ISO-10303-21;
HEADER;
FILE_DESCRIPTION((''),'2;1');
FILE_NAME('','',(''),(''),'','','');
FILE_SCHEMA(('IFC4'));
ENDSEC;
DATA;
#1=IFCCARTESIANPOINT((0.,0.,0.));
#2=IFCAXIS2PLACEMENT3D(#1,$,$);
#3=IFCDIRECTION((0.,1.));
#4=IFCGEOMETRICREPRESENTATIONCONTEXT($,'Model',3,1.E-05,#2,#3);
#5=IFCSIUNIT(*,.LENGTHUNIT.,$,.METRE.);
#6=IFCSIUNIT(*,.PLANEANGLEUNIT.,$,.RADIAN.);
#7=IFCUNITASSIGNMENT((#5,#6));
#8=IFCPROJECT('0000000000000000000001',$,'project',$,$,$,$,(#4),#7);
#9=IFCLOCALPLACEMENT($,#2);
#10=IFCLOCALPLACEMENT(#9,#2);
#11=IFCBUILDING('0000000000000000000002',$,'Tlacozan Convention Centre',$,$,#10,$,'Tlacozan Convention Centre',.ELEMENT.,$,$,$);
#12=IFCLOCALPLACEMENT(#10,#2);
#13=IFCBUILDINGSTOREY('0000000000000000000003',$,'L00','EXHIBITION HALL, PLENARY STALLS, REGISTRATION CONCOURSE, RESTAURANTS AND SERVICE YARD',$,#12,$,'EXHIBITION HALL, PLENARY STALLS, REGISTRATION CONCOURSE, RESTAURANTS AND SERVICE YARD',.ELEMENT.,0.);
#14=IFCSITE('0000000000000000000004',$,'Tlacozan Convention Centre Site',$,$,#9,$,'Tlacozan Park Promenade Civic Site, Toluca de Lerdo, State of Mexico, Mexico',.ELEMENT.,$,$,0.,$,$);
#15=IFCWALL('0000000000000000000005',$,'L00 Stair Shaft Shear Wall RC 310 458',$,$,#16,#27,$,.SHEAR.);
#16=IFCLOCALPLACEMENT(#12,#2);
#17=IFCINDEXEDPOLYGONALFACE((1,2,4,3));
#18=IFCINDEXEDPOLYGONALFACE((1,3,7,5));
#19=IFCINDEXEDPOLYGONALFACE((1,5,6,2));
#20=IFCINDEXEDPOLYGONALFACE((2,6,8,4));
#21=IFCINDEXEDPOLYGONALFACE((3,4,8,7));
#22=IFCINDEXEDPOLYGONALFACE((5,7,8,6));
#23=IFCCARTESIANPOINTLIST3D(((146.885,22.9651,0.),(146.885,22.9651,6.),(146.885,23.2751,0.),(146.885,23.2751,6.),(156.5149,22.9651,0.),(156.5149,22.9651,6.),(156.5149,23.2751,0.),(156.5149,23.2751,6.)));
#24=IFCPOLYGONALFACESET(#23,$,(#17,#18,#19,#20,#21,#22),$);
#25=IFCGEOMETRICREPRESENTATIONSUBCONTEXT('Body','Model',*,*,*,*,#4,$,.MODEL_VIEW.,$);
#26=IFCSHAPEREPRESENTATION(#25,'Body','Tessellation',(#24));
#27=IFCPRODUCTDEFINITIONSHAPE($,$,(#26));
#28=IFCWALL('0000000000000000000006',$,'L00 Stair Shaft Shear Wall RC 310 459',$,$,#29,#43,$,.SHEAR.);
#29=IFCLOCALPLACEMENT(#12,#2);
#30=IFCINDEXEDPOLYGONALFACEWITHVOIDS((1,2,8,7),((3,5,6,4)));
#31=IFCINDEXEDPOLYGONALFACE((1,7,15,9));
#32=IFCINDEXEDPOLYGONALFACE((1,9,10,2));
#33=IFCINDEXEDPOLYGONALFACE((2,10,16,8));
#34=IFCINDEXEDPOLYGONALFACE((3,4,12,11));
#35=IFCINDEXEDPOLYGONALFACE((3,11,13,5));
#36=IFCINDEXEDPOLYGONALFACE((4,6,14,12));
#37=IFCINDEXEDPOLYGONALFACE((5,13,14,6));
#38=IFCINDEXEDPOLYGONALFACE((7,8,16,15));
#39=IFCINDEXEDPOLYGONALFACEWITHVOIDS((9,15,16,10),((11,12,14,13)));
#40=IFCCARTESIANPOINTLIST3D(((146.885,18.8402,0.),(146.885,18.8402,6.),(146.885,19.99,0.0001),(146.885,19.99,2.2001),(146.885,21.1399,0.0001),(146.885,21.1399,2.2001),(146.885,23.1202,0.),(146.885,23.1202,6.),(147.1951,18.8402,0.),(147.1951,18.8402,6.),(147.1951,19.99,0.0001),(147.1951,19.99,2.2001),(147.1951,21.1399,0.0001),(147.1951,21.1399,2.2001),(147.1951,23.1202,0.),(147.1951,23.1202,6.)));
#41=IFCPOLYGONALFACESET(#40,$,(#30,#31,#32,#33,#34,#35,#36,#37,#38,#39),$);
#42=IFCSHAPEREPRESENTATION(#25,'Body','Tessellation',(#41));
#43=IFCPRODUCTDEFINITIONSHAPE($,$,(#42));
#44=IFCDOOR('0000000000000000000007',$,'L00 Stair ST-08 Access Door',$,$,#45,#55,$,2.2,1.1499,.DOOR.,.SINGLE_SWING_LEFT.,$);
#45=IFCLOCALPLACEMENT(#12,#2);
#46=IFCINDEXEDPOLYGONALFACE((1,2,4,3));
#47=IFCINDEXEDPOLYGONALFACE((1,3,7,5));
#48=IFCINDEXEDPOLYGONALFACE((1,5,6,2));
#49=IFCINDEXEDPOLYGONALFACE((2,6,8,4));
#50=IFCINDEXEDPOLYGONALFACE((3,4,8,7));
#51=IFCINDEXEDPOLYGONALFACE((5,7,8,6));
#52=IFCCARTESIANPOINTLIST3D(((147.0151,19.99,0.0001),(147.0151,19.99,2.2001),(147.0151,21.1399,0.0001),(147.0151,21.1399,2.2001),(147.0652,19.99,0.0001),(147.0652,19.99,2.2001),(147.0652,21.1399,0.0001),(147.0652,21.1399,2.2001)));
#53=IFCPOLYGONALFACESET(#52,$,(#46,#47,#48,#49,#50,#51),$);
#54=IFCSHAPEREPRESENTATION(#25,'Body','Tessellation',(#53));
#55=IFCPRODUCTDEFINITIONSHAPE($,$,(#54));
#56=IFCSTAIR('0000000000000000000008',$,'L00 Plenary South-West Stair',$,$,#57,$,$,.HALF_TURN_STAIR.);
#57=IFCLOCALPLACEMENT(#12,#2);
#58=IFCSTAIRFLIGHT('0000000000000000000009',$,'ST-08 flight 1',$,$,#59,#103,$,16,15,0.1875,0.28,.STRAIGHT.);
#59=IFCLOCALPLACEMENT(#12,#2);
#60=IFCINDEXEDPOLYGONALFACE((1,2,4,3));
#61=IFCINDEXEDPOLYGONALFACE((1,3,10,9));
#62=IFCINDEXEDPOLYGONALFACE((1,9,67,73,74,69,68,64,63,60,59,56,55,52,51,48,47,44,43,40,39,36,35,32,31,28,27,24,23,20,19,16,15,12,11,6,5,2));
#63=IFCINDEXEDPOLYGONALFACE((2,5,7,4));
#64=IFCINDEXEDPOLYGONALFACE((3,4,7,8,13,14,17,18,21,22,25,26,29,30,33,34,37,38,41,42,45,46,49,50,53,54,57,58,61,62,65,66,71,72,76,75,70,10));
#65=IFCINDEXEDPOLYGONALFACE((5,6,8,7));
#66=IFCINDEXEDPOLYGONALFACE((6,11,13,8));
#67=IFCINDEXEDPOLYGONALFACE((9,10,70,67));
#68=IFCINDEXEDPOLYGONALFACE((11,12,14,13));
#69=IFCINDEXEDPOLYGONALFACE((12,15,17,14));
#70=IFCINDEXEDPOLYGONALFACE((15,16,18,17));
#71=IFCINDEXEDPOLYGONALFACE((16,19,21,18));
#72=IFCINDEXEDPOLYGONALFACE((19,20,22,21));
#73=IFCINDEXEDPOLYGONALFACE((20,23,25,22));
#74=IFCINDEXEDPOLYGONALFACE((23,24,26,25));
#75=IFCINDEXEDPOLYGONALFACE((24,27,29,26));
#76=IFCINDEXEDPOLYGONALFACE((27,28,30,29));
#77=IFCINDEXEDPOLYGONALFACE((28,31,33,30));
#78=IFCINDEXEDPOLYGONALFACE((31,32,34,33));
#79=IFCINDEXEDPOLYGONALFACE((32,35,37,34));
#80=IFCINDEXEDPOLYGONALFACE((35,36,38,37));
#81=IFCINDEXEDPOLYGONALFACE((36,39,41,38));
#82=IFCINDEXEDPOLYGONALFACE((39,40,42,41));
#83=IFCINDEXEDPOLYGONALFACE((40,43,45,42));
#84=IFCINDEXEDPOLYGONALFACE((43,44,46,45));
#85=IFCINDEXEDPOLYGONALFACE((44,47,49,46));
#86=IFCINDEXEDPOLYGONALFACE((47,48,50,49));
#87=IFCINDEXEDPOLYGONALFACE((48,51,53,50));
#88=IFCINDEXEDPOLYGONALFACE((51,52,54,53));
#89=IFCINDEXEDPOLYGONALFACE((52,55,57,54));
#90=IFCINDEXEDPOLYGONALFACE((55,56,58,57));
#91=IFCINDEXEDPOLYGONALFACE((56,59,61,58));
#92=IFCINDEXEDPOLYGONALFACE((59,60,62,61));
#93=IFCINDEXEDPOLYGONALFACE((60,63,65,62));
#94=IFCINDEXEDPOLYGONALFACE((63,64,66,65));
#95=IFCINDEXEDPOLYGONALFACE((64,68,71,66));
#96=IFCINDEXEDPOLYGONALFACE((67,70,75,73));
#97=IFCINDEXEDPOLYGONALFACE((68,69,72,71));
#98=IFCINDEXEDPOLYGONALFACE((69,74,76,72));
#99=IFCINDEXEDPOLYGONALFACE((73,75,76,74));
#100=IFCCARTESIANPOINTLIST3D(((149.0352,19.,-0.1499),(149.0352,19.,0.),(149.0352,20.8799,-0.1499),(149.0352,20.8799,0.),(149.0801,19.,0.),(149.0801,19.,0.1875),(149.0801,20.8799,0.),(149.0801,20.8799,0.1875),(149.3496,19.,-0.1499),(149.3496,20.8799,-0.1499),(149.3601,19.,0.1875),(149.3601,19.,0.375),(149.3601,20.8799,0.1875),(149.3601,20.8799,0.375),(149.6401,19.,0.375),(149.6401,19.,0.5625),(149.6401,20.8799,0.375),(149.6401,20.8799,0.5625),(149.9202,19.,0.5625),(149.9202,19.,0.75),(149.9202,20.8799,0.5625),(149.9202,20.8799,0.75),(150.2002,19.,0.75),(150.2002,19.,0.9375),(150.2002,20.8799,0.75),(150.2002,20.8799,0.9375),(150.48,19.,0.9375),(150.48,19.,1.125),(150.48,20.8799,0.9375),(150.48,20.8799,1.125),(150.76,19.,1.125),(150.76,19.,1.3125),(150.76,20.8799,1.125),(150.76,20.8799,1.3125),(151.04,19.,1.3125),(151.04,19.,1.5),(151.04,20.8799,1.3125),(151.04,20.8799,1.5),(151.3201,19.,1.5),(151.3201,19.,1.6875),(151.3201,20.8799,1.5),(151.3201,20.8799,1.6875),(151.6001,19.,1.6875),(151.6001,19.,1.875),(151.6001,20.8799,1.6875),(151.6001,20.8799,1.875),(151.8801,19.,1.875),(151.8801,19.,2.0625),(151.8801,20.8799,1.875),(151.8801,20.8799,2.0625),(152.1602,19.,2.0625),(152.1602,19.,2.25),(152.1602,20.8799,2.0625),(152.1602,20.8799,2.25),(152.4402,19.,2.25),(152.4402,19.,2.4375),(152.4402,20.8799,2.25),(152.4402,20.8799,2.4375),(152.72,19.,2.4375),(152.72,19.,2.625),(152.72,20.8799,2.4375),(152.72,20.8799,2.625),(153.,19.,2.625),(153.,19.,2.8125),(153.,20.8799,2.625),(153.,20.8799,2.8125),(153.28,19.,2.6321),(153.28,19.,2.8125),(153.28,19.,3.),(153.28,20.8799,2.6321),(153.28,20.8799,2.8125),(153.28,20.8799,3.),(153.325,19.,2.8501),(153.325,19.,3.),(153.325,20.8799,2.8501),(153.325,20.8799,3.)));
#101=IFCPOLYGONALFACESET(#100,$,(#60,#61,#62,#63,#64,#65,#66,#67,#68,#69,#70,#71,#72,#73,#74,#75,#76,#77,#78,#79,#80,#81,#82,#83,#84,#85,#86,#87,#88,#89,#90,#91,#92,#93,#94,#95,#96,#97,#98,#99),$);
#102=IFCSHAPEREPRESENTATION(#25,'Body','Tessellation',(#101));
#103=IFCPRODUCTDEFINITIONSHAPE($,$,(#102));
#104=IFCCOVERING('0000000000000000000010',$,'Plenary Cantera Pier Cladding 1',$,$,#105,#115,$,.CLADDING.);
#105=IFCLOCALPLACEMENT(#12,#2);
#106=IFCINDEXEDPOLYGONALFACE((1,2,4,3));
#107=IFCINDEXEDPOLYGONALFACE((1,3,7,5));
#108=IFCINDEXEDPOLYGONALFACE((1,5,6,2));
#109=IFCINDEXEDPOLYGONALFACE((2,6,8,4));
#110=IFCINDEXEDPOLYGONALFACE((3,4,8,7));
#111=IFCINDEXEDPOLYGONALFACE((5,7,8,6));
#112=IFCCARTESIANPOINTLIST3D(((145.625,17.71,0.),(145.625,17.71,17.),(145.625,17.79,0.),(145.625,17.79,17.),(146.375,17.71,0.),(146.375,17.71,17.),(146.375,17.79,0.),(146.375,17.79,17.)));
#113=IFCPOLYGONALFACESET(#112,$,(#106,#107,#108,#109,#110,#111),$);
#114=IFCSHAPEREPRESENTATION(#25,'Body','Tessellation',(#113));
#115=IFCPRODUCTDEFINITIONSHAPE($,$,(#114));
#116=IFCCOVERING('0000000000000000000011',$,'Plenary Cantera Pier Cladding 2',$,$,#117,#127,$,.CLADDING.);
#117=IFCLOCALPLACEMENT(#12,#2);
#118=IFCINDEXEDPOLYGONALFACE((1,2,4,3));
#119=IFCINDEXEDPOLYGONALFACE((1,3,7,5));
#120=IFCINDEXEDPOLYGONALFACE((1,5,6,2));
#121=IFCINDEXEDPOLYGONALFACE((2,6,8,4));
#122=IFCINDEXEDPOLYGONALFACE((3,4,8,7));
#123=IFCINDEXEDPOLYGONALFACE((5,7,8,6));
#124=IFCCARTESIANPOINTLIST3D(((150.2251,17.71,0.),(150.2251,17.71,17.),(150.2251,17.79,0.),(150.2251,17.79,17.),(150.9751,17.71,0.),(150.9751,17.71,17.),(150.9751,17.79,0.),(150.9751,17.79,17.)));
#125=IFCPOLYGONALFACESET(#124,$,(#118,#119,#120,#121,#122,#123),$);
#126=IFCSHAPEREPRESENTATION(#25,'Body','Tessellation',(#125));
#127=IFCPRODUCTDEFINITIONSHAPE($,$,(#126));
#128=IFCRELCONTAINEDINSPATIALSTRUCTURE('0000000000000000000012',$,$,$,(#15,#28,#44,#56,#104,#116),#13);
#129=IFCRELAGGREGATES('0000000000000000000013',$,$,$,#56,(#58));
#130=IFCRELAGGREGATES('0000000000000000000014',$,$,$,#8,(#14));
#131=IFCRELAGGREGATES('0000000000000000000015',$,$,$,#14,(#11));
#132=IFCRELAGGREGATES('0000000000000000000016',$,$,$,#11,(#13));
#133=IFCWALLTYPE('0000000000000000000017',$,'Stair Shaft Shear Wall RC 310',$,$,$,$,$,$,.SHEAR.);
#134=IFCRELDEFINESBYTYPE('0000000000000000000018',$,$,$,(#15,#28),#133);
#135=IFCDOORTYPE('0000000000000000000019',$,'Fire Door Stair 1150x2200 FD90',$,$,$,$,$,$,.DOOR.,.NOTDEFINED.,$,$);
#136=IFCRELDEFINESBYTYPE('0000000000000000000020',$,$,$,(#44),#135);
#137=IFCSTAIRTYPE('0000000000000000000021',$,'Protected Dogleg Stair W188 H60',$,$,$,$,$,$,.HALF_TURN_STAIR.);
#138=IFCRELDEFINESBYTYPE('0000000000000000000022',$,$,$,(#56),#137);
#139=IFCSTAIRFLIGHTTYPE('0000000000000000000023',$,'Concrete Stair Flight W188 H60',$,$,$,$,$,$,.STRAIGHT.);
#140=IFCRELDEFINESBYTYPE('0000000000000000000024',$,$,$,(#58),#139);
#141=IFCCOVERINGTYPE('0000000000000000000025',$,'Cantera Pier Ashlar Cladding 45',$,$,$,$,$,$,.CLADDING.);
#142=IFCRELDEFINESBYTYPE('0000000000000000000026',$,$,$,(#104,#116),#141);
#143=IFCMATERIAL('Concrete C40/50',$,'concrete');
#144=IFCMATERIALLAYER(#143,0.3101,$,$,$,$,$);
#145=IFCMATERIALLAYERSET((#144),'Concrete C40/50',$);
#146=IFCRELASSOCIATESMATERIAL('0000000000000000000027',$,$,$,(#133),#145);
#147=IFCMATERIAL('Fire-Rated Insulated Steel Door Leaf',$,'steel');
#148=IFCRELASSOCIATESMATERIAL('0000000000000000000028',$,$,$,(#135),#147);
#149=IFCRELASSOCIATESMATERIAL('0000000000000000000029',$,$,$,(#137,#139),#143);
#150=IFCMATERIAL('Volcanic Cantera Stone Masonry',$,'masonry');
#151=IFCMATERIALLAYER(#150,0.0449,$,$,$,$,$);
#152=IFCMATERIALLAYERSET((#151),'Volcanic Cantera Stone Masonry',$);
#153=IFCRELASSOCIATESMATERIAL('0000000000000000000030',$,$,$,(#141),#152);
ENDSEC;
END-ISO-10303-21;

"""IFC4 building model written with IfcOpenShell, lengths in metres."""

from ifc_helpers import new_model, si_unit, direction, frame, frame_2d, origin, origin_2d, place, context, subcontext, project, spatial, polyline, rectangle, outline, extrude, material, layer, layer_set, type_object, element, fill, aggregate, save


model = new_model("IFC4")

# Units and contexts
model_context = context("Model", 3, precision=1e-05, world=origin(), true_north=direction((0.0, 1.0)))
body_context = subcontext(model_context, "Body", "Model", "MODEL_VIEW")
ifc_project = project(units=[si_unit("LENGTHUNIT", "METRE"), si_unit("PLANEANGLEUNIT", "RADIAN")], contexts=[model_context])

# Site, building, storey
site_placement = place(None, origin())
site = spatial("IfcSite", under=ifc_project, at=site_placement, Name="Tlacozan Convention Centre Site", LongName="Tlacozan Park Promenade Civic Site, Toluca de Lerdo, State of Mexico, Mexico", CompositionType="ELEMENT", RefElevation=0.0)
building_placement = place(site_placement, origin())
building = spatial("IfcBuilding", under=site, at=building_placement, Name="Tlacozan Convention Centre", LongName="Tlacozan Convention Centre", CompositionType="ELEMENT")
storey_placement = place(building_placement, origin())
storey = spatial("IfcBuildingStorey", under=building, at=storey_placement, Name="L00", Description="EXHIBITION HALL, PLENARY STALLS, REGISTRATION CONCOURSE, RESTAURANTS AND SERVICE YARD", LongName="EXHIBITION HALL, PLENARY STALLS, REGISTRATION CONCOURSE, RESTAURANTS AND SERVICE YARD", CompositionType="ELEMENT", Elevation=0.0)

# Shared definitions
ifc_material_1 = material(Name="Concrete C40/50", Category="concrete")

# Wall
ifc_layer_1 = layer(ifc_material_1, 0.3101)
ifc_layer_set_1 = layer_set([ifc_layer_1], Name="Concrete C40/50")
wall_type_1 = type_object("IfcWallType", Name="Stair Shaft Shear Wall RC 310", PredefinedType="SHEAR", material=ifc_layer_set_1)
for number, where, z_axis, x_axis, name in (
    (1, (146.885, 23.1201, 0.0), (0.0, 0.0, 1.0), (1.0, 0.0, 0.0), "L00 Stair Shaft Shear Wall RC 310 458"),
):
    element("IfcWall", number, at=place(storey_placement, frame(where, z_axis=z_axis, x_axis=x_axis)), inside=storey, type_object=wall_type_1, Name=name, PredefinedType="SHEAR", context=body_context, shape_type="SweptSolid", body=[
        extrude(rectangle(XDim=9.6299, YDim=0.3101, at=frame_2d((4.8149, 0.0))), origin(), (0.0, 0.0, 1.0), 6.0),
    ])

# Wall, opening, door
wall_1_placement = place(storey_placement, frame((147.04, 18.8401, 0.0), z_axis=(0.0, 0.0, 1.0), x_axis=(0.0, 1.0, 0.0)))
wall_1 = element("IfcWall", 2, at=wall_1_placement, inside=storey, type_object=wall_type_1, Name="L00 Stair Shaft Shear Wall RC 310 459", PredefinedType="SHEAR", context=body_context, shape_type="SweptSolid", body=[
    extrude(rectangle(XDim=4.28, YDim=0.3101, at=frame_2d((2.1401, 0.0))), origin(), (0.0, 0.0, 1.0), 6.0),
])
opening_1_placement = place(wall_1_placement, frame((1.1499, 0.0, 0.0)))
opening_1 = element("IfcOpeningElement", 3, at=opening_1_placement, cuts=wall_1, PredefinedType="OPENING", context=body_context, shape_type="SweptSolid", body=[
    extrude(rectangle(XDim=1.1499, YDim=2.2, at=frame_2d((0.575, 1.1001))), frame((0.0, 0.165, 0.0), z_axis=(0.0, -1.0, 0.0), x_axis=(1.0, 0.0, 0.0)), (0.0, 0.0, 1.0), 0.3301),
])
ifc_material_2 = material(Name="Fire-Rated Insulated Steel Door Leaf", Category="steel")
door_type_1 = type_object("IfcDoorType", Name="Fire Door Stair 1150x2200 FD90", OperationType="NOTDEFINED", PredefinedType="DOOR", material=ifc_material_2)
door_1_placement = place(opening_1_placement, origin())
door_1 = element("IfcDoor", 4, at=door_1_placement, inside=storey, type_object=door_type_1, Name="L00 Stair ST-08 Access Door", OperationType="SINGLE_SWING_LEFT", OverallHeight=2.2, OverallWidth=1.1499, PredefinedType="DOOR", context=body_context, shape_type="SweptSolid", body=[
    extrude(rectangle(XDim=1.1499, YDim=2.2, at=frame_2d((0.575, 1.1001))), frame((0.0, 0.0249, 0.0), z_axis=(0.0, -1.0, 0.0), x_axis=(1.0, 0.0, 0.0)), (0.0, 0.0, 1.0), 0.05),
])
fill(opening_1, door_1)

# Stair, stair flight
stair_type = type_object("IfcStairType", Name="Protected Dogleg Stair W188 H60", PredefinedType="HALF_TURN_STAIR", material=ifc_material_1)
stair_placement = place(storey_placement, origin())
stair = element("IfcStair", 5, at=stair_placement, inside=storey, type_object=stair_type, Name="L00 Plenary South-West Stair", PredefinedType="HALF_TURN_STAIR")
stair_flight_type = type_object("IfcStairFlightType", Name="Concrete Stair Flight W188 H60", PredefinedType="STRAIGHT", material=ifc_material_1)
stair_flight_placement = place(storey_placement, frame((149.0801, 19.9399, 0.0), z_axis=(0.0, 0.0, 1.0), x_axis=(1.0, 0.0, 0.0)))
stair_flight = element("IfcStairFlight", 6, at=stair_flight_placement, type_object=stair_flight_type, Name="ST-08 flight 1", NumberOfRisers=16, NumberOfTreads=15, PredefinedType="STRAIGHT", RiserHeight=0.1875, TreadLength=0.28, context=body_context, shape_type="SweptSolid", body=[
    extrude(outline(polyline([(-0.0449, -0.1499), (-0.0449, 0.0), (0.0, 0.0), (0.0, 0.1875), (0.28, 0.1875), (0.28, 0.375), (0.5601, 0.375), (0.5601, 0.5625), (0.8401, 0.5625), (0.8401, 0.75), (1.1201, 0.75), (1.1201, 0.9375), (1.3999, 0.9375), (1.3999, 1.125), (1.6799, 1.125), (1.6799, 1.3125), (1.96, 1.3125), (1.96, 1.5), (2.24, 1.5), (2.24, 1.6875), (2.52, 1.6875), (2.52, 1.875), (2.8, 1.875), (2.8, 2.0625), (3.0801, 2.0625), (3.0801, 2.25), (3.3601, 2.25), (3.3601, 2.4375), (3.6399, 2.4375), (3.6399, 2.625), (3.9199, 2.625), (3.9199, 2.8125), (4.2, 2.8125), (4.2, 3.0), (4.2449, 3.0), (4.2449, 2.8501), (4.2, 2.6321), (0.2695, -0.1499), (-0.0449, -0.1499)])), frame((0.0, 0.9399, 0.0), z_axis=(0.0, -1.0, 0.0), x_axis=(1.0, 0.0, 0.0)), (0.0, 0.0, 1.0), 1.8799),
])
aggregate(stair, [stair_flight])

# Coverings
ifc_material_3 = material(Name="Volcanic Cantera Stone Masonry", Category="masonry")
ifc_layer_2 = layer(ifc_material_3, 0.0449)
ifc_layer_set_2 = layer_set([ifc_layer_2], Name="Volcanic Cantera Stone Masonry")
covering_type = type_object("IfcCoveringType", Name="Cantera Pier Ashlar Cladding 45", PredefinedType="CLADDING", material=ifc_layer_set_2)
for number, where, z_axis, x_axis, name in (
    (7, (146.0, 17.75, 0.0), (0.0, 0.0, 1.0), (1.0, 0.0, 0.0), "Plenary Cantera Pier Cladding 1"),
    (8, (150.6001, 17.75, 0.0), (0.0, 0.0, 1.0), (1.0, 0.0, 0.0), "Plenary Cantera Pier Cladding 2"),
):
    element("IfcCovering", number, at=place(storey_placement, frame(where, z_axis=z_axis, x_axis=x_axis)), inside=storey, type_object=covering_type, Name=name, PredefinedType="CLADDING", context=body_context, shape_type="SweptSolid", body=[
        extrude(rectangle(XDim=0.75, YDim=0.0801, at=origin_2d()), origin(), (0.0, 0.0, 1.0), 17.0),
    ])

save(model, "model.ifc")
